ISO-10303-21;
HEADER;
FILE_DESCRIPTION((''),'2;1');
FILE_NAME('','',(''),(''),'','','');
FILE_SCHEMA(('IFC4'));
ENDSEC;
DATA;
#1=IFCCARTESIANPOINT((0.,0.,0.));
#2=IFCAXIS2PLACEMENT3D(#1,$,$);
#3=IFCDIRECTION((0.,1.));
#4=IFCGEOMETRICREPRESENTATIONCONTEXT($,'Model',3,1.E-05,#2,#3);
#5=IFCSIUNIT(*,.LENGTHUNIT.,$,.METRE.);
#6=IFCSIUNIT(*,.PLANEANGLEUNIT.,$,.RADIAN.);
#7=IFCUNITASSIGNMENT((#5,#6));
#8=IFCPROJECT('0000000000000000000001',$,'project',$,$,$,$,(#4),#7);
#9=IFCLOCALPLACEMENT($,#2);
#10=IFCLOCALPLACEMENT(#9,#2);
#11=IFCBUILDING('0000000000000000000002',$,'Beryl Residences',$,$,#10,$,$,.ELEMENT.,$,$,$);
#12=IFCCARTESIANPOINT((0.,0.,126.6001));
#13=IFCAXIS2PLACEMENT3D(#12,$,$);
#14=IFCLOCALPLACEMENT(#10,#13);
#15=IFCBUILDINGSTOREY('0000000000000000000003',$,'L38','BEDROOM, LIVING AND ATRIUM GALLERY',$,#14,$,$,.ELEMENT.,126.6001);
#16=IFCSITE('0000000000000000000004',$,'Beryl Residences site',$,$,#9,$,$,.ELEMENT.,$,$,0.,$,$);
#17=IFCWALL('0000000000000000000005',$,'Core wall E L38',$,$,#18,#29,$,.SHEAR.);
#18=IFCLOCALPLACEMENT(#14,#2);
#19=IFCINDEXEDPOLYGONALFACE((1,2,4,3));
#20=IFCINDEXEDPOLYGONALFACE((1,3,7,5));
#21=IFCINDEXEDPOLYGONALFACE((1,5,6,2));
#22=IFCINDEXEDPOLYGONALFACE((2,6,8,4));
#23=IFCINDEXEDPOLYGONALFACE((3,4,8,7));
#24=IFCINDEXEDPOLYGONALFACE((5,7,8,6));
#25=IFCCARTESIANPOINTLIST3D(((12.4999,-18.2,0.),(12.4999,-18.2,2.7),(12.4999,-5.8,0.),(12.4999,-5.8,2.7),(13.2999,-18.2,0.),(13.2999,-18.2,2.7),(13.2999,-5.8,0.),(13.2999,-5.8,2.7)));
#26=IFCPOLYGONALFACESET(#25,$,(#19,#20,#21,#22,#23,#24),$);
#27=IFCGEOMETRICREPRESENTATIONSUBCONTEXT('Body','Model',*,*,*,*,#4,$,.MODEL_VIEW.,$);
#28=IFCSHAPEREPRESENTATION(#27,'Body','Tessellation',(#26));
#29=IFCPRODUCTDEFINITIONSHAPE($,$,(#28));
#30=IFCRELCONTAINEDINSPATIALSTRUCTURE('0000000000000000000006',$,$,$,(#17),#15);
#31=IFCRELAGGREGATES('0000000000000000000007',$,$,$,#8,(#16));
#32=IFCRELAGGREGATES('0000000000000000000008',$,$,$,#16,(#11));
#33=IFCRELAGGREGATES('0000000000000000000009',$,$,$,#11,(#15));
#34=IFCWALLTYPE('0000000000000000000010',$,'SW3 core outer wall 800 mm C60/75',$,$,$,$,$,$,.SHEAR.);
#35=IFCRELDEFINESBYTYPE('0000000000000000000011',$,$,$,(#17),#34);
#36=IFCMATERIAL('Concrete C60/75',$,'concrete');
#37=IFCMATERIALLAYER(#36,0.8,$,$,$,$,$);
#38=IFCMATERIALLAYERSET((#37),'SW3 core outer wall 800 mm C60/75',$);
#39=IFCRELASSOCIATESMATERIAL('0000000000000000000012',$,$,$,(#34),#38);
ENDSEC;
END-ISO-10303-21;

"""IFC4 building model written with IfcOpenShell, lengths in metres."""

from ifc_helpers import new_model, si_unit, direction, frame, frame_2d, origin, place, context, subcontext, project, spatial, rectangle, extrude, material, layer, layer_set, type_object, element, save


model = new_model("IFC4")

# Units and contexts
model_context = context("Model", 3, precision=1e-05, world=origin(), true_north=direction((0.0, 1.0)))
body_context = subcontext(model_context, "Body", "Model", "MODEL_VIEW")
ifc_project = project(units=[si_unit("LENGTHUNIT", "METRE"), si_unit("PLANEANGLEUNIT", "RADIAN")], contexts=[model_context])

# Site, building, storey
site_placement = place(None, origin())
site = spatial("IfcSite", under=ifc_project, at=site_placement, Name="Beryl Residences site", CompositionType="ELEMENT", RefElevation=0.0)
building_placement = place(site_placement, origin())
building = spatial("IfcBuilding", under=site, at=building_placement, Name="Beryl Residences", CompositionType="ELEMENT")
storey_placement = place(building_placement, frame((0.0, 0.0, 126.6001)))
storey = spatial("IfcBuildingStorey", under=building, at=storey_placement, Name="L38", Description="BEDROOM, LIVING AND ATRIUM GALLERY", CompositionType="ELEMENT", Elevation=126.6001)

# Wall
ifc_material_1 = material(Name="Concrete C60/75", Category="concrete")
ifc_layer_1 = layer(ifc_material_1, 0.8)
ifc_layer_set_1 = layer_set([ifc_layer_1], Name="SW3 core outer wall 800 mm C60/75")
wall_type_1 = type_object("IfcWallType", Name="SW3 core outer wall 800 mm C60/75", PredefinedType="SHEAR", material=ifc_layer_set_1)
wall_1_placement = place(storey_placement, frame((12.8999, -18.2, 0.0), z_axis=(0.0, 0.0, 1.0), x_axis=(0.0, 1.0, 0.0)))
element("IfcWall", 1, at=wall_1_placement, inside=storey, type_object=wall_type_1, Name="Core wall E L38", PredefinedType="SHEAR", context=body_context, shape_type="SweptSolid", body=[
    extrude(rectangle(XDim=12.3999, YDim=0.8, at=frame_2d((6.2, 0.0))), origin(), (0.0, 0.0, 1.0), 2.7),
])

save(model, "model.ifc")
